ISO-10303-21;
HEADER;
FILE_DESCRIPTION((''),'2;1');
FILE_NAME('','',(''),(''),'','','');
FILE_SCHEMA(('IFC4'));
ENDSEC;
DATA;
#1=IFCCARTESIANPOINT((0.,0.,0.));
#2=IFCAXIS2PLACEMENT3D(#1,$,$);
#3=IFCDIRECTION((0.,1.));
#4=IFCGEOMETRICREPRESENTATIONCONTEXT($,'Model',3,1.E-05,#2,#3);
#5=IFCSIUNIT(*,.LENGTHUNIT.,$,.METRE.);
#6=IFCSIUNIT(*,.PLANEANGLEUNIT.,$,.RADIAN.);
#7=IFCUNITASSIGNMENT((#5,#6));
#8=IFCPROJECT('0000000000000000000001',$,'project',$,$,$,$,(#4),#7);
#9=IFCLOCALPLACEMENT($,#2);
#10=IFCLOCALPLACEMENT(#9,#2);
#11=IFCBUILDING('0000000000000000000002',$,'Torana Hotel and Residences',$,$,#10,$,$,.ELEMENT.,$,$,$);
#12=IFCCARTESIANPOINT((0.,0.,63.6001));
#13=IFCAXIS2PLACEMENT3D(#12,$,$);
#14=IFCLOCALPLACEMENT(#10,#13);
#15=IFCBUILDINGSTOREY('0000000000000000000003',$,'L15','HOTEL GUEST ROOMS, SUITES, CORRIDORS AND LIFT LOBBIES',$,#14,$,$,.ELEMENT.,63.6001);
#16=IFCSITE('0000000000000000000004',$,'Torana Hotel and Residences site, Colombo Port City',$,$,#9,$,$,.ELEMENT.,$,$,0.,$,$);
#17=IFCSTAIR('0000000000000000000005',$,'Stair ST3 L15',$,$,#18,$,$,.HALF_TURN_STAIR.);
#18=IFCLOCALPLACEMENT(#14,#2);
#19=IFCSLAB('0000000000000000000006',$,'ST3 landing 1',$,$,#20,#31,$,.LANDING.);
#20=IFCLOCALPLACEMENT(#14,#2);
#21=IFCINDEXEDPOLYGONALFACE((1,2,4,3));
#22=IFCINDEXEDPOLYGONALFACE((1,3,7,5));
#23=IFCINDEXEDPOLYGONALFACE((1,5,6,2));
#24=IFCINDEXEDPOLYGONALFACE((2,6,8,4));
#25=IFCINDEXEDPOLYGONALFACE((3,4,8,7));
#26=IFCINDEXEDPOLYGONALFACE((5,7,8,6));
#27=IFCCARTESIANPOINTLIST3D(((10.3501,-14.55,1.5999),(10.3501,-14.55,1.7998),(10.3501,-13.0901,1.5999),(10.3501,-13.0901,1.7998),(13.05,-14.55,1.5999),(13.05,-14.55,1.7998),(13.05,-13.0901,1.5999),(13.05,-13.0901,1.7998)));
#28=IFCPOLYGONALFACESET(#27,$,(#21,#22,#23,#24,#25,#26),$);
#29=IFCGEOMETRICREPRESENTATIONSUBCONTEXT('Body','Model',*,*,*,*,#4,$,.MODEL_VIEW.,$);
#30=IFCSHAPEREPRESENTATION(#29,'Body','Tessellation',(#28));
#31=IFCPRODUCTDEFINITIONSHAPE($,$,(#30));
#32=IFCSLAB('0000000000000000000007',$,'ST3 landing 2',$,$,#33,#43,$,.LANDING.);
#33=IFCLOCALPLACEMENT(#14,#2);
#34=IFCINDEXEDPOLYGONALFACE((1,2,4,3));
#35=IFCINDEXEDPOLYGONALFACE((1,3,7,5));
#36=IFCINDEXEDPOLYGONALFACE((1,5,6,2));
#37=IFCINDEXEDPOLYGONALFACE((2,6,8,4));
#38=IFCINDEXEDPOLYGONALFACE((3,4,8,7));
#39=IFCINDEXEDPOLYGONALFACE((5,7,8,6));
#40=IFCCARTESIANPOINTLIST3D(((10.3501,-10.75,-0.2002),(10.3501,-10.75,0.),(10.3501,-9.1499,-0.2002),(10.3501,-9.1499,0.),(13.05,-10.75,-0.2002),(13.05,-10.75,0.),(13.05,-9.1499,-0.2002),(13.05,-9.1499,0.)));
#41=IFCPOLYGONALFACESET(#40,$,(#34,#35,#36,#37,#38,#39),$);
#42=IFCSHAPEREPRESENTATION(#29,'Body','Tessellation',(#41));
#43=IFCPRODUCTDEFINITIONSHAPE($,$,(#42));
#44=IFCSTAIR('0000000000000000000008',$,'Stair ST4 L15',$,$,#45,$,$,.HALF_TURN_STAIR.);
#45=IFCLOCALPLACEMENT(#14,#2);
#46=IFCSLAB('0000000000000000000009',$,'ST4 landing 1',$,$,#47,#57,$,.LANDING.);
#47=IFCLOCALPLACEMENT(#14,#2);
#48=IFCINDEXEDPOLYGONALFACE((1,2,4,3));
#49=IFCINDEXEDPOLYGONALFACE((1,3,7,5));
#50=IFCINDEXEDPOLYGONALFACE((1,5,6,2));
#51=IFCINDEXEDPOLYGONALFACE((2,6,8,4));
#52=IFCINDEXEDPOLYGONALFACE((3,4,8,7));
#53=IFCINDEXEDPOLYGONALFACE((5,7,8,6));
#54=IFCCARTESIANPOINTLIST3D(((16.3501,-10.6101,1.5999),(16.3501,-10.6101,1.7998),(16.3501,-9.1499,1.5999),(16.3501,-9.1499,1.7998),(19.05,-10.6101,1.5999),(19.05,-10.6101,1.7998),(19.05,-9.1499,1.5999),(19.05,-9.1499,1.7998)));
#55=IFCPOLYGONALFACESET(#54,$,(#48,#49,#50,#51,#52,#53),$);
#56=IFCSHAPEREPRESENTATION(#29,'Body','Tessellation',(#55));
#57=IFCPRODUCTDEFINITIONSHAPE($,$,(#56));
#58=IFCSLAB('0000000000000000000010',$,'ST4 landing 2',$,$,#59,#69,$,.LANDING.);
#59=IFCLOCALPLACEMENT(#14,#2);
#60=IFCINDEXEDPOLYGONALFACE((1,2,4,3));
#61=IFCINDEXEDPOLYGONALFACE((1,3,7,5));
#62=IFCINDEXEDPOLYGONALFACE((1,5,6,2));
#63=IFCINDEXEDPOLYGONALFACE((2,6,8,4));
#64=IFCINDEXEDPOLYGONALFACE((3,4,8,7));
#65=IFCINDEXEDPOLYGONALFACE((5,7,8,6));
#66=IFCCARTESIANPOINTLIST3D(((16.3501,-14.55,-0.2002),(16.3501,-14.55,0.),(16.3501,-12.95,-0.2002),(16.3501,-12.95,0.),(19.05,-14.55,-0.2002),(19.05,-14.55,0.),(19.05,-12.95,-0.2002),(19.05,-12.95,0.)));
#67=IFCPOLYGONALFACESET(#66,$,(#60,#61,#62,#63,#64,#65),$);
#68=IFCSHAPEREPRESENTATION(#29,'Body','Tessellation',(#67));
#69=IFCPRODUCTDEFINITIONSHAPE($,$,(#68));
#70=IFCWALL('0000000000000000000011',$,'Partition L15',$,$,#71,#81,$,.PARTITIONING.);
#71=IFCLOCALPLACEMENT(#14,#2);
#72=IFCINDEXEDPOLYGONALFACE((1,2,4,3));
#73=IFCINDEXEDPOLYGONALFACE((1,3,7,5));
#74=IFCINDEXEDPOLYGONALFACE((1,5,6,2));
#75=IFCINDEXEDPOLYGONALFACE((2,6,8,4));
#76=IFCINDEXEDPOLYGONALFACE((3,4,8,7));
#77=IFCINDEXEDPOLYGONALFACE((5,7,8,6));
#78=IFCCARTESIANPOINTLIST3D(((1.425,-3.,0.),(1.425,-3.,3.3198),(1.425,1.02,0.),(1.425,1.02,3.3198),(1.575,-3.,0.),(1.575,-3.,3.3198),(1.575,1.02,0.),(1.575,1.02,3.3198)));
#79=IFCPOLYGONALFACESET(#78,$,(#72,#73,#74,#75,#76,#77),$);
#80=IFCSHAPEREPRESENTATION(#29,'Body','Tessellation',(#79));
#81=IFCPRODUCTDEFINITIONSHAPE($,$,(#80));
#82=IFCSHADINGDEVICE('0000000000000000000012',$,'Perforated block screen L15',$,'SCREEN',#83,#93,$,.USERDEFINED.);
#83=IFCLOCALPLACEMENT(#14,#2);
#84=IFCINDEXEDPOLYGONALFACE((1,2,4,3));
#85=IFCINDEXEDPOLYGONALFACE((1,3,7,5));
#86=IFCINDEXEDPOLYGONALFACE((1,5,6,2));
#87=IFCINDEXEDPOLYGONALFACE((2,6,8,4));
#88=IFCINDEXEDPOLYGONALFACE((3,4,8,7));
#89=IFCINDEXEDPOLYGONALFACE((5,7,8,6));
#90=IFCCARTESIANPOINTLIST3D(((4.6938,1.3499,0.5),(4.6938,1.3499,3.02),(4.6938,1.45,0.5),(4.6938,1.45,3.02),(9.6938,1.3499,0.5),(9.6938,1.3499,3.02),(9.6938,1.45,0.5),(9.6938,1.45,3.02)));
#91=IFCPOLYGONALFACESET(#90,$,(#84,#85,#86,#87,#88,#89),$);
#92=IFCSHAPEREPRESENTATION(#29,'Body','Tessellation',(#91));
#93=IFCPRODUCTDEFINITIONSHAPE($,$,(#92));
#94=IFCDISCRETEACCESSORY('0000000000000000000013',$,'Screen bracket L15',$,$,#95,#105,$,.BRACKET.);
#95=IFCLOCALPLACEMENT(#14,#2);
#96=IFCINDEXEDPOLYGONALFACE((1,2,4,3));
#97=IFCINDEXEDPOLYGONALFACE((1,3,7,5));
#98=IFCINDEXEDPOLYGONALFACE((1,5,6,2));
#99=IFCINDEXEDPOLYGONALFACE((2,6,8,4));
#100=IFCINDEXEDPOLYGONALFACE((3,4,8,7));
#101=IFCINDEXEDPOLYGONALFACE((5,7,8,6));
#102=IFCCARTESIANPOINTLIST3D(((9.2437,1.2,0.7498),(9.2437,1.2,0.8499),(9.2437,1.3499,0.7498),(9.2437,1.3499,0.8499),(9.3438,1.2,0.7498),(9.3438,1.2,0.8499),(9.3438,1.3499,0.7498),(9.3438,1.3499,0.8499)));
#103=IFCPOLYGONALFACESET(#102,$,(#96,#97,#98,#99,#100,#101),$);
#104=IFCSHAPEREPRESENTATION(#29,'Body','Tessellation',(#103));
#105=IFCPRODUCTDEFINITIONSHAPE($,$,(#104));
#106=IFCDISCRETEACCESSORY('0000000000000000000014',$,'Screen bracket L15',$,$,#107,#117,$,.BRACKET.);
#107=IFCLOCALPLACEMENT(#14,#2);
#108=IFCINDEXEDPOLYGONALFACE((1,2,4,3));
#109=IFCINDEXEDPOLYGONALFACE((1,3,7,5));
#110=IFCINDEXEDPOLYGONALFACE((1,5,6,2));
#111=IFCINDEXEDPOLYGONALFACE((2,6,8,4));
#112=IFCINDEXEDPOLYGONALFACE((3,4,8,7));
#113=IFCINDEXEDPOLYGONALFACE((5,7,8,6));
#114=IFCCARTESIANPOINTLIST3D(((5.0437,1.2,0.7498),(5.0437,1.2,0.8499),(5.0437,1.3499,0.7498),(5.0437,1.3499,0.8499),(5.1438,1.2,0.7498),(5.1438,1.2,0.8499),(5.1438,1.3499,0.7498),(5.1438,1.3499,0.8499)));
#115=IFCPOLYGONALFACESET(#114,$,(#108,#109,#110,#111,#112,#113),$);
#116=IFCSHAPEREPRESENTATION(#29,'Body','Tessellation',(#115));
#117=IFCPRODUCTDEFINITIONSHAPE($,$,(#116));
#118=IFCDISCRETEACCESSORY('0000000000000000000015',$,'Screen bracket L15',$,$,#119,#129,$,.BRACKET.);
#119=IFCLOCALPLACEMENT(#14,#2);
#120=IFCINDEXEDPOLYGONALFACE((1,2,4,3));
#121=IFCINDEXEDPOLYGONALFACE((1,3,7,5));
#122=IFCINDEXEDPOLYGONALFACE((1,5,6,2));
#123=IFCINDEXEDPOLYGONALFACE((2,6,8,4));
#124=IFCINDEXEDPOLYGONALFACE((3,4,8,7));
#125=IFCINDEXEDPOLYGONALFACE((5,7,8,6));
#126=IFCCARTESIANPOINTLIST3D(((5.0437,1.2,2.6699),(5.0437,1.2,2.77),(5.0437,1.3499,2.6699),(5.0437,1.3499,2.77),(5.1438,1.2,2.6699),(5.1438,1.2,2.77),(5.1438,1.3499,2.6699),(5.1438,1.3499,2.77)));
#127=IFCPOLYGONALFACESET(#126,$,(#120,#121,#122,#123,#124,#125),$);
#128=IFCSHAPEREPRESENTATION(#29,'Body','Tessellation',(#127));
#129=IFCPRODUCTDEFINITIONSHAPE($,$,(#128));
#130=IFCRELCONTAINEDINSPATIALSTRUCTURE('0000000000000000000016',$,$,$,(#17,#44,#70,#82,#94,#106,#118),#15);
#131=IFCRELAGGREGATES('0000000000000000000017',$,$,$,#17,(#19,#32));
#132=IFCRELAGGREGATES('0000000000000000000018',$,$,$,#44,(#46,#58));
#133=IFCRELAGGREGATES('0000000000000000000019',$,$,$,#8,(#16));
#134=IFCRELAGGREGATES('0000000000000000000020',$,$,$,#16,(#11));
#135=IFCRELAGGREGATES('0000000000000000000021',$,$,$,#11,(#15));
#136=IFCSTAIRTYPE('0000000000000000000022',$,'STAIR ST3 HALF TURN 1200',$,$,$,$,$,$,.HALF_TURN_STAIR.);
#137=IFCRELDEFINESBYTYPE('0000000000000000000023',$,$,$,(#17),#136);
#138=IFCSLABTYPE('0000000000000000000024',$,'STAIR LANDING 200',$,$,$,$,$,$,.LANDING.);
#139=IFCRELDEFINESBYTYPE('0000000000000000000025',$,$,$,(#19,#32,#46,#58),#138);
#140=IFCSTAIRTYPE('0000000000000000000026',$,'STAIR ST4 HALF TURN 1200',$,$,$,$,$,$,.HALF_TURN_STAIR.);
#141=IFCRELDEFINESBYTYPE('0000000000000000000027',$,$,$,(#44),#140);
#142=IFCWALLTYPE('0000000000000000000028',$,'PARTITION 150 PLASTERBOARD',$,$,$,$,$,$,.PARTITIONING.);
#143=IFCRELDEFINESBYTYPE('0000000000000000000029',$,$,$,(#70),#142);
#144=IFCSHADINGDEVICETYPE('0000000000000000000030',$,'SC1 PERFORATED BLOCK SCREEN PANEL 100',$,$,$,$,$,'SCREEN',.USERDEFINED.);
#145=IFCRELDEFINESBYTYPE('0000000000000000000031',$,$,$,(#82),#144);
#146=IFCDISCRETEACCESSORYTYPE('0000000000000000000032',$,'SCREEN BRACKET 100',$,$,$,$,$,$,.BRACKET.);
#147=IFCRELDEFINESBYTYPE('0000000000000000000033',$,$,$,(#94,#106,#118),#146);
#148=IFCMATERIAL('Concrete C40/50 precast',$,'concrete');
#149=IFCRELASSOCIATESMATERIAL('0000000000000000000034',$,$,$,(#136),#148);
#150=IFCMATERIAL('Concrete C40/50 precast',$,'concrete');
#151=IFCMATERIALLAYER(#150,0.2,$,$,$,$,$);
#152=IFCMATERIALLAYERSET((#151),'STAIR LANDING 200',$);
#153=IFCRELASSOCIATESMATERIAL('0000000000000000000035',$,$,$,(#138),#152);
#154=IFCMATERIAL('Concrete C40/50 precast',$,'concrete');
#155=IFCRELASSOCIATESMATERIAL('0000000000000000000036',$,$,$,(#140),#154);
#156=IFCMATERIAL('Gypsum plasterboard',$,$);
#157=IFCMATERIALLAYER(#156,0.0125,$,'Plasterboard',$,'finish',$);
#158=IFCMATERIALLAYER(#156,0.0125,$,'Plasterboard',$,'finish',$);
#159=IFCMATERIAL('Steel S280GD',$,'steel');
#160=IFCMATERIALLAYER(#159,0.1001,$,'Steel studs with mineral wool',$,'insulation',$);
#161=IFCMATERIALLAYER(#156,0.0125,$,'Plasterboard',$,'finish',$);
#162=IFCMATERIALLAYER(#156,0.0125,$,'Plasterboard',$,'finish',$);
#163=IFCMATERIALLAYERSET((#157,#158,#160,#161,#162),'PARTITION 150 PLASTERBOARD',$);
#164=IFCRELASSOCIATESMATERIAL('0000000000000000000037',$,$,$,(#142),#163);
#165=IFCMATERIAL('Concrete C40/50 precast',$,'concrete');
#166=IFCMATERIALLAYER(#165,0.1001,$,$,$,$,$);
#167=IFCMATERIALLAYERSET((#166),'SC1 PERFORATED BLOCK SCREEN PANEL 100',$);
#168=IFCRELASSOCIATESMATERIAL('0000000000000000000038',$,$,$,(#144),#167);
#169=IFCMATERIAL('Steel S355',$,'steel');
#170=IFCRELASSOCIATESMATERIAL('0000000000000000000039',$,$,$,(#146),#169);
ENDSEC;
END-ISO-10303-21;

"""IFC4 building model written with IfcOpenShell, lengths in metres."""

from ifc_helpers import new_model, si_unit, direction, frame, frame_2d, origin, origin_2d, place, context, subcontext, project, spatial, polyline, rectangle, outline, extrude, material, layer, layer_set, type_object, element, aggregate, save


model = new_model("IFC4")

# Units and contexts
model_context = context("Model", 3, precision=1e-05, world=origin(), true_north=direction((0.0, 1.0)))
body_context = subcontext(model_context, "Body", "Model", "MODEL_VIEW")
ifc_project = project(units=[si_unit("LENGTHUNIT", "METRE"), si_unit("PLANEANGLEUNIT", "RADIAN")], contexts=[model_context])

# Site, building, storey
site_placement = place(None, origin())
site = spatial("IfcSite", under=ifc_project, at=site_placement, Name="Torana Hotel and Residences site, Colombo Port City", CompositionType="ELEMENT", RefElevation=0.0)
building_placement = place(site_placement, origin())
building = spatial("IfcBuilding", under=site, at=building_placement, Name="Torana Hotel and Residences", CompositionType="ELEMENT")
storey_placement = place(building_placement, frame((0.0, 0.0, 63.6001)))
storey = spatial("IfcBuildingStorey", under=building, at=storey_placement, Name="L15", Description="HOTEL GUEST ROOMS, SUITES, CORRIDORS AND LIFT LOBBIES", CompositionType="ELEMENT", Elevation=63.6001)

# Stairs, slabs
ifc_material_1 = material(Name="Concrete C40/50 precast", Category="concrete")
stair_type_1 = type_object("IfcStairType", Name="STAIR ST3 HALF TURN 1200", PredefinedType="HALF_TURN_STAIR", material=ifc_material_1)
stair_1_placement = place(storey_placement, origin())
stair_1 = element("IfcStair", 1, at=stair_1_placement, inside=storey, type_object=stair_type_1, Name="Stair ST3 L15", PredefinedType="HALF_TURN_STAIR")
ifc_material_2 = material(Name="Concrete C40/50 precast", Category="concrete")
ifc_layer_1 = layer(ifc_material_2, 0.2)
ifc_layer_set_1 = layer_set([ifc_layer_1], Name="STAIR LANDING 200")
slab_type = type_object("IfcSlabType", Name="STAIR LANDING 200", PredefinedType="LANDING", material=ifc_layer_set_1)
slab_1_placement = place(storey_placement, frame((0.0, 0.0, 1.5999)))
slab_1 = element("IfcSlab", 2, at=slab_1_placement, type_object=slab_type, Name="ST3 landing 1", PredefinedType="LANDING", context=body_context, shape_type="SweptSolid", body=[
    extrude(outline(polyline([(10.3501, -14.55), (13.05, -14.55), (13.05, -13.0901), (10.3501, -13.0901), (10.3501, -14.55)])), origin(), (0.0, 0.0, 1.0), 0.2),
])
slab_2_placement = place(storey_placement, frame((0.0, 0.0, -0.2002)))
slab_2 = element("IfcSlab", 3, at=slab_2_placement, type_object=slab_type, Name="ST3 landing 2", PredefinedType="LANDING", context=body_context, shape_type="SweptSolid", body=[
    extrude(outline(polyline([(10.3501, -10.75), (13.05, -10.75), (13.05, -9.1499), (10.3501, -9.1499), (10.3501, -10.75)])), origin(), (0.0, 0.0, 1.0), 0.2002),
])
aggregate(stair_1, [slab_1, slab_2])
ifc_material_3 = material(Name="Concrete C40/50 precast", Category="concrete")
stair_type_2 = type_object("IfcStairType", Name="STAIR ST4 HALF TURN 1200", PredefinedType="HALF_TURN_STAIR", material=ifc_material_3)
stair_2_placement = place(storey_placement, origin())
stair_2 = element("IfcStair", 4, at=stair_2_placement, inside=storey, type_object=stair_type_2, Name="Stair ST4 L15", PredefinedType="HALF_TURN_STAIR")
slab_3_placement = place(storey_placement, frame((0.0, 0.0, 1.5999)))
slab_3 = element("IfcSlab", 5, at=slab_3_placement, type_object=slab_type, Name="ST4 landing 1", PredefinedType="LANDING", context=body_context, shape_type="SweptSolid", body=[
    extrude(outline(polyline([(16.3501, -10.6101), (19.05, -10.6101), (19.05, -9.1499), (16.3501, -9.1499), (16.3501, -10.6101)])), origin(), (0.0, 0.0, 1.0), 0.2),
])
slab_4_placement = place(storey_placement, frame((0.0, 0.0, -0.2002)))
slab_4 = element("IfcSlab", 6, at=slab_4_placement, type_object=slab_type, Name="ST4 landing 2", PredefinedType="LANDING", context=body_context, shape_type="SweptSolid", body=[
    extrude(outline(polyline([(16.3501, -14.55), (19.05, -14.55), (19.05, -12.95), (16.3501, -12.95), (16.3501, -14.55)])), origin(), (0.0, 0.0, 1.0), 0.2002),
])
aggregate(stair_2, [slab_3, slab_4])

# Wall
ifc_material_4 = material(Name="Gypsum plasterboard")
ifc_layer_2 = layer(ifc_material_4, 0.0125, Name="Plasterboard", Category="finish")
ifc_layer_3 = layer(ifc_material_4, 0.0125, Name="Plasterboard", Category="finish")
ifc_material_5 = material(Name="Steel S280GD", Category="steel")
ifc_layer_4 = layer(ifc_material_5, 0.1001, Name="Steel studs with mineral wool", Category="insulation")
ifc_layer_5 = layer(ifc_material_4, 0.0125, Name="Plasterboard", Category="finish")
ifc_layer_6 = layer(ifc_material_4, 0.0125, Name="Plasterboard", Category="finish")
ifc_layer_set_2 = layer_set([ifc_layer_2, ifc_layer_3, ifc_layer_4, ifc_layer_5, ifc_layer_6], Name="PARTITION 150 PLASTERBOARD")
wall_type = type_object("IfcWallType", Name="PARTITION 150 PLASTERBOARD", PredefinedType="PARTITIONING", material=ifc_layer_set_2)
wall_placement = place(storey_placement, frame((1.5, -3.0, 0.0), z_axis=(0.0, 0.0, 1.0), x_axis=(0.0, 1.0, 0.0)))
element("IfcWall", 7, at=wall_placement, inside=storey, type_object=wall_type, Name="Partition L15", PredefinedType="PARTITIONING", context=body_context, shape_type="SweptSolid", body=[
    extrude(rectangle(XDim=4.02, YDim=0.1499, at=frame_2d((2.01, 0.0))), origin(), (0.0, 0.0, 1.0), 3.3198),
])

# Shading device
ifc_material_6 = material(Name="Concrete C40/50 precast", Category="concrete")
ifc_layer_7 = layer(ifc_material_6, 0.1001)
ifc_layer_set_3 = layer_set([ifc_layer_7], Name="SC1 PERFORATED BLOCK SCREEN PANEL 100")
shading_device_type = type_object("IfcShadingDeviceType", Name="SC1 PERFORATED BLOCK SCREEN PANEL 100", ElementType="SCREEN", PredefinedType="USERDEFINED", material=ifc_layer_set_3)
shading_device_placement = place(storey_placement, frame((7.1938, 1.3999, 0.5), z_axis=(0.0, 0.0, 1.0), x_axis=(-1.0, 0.0, 0.0)))
element("IfcShadingDevice", 8, at=shading_device_placement, inside=storey, type_object=shading_device_type, Name="Perforated block screen L15", ObjectType="SCREEN", PredefinedType="USERDEFINED", context=body_context, shape_type="SweptSolid", body=[
    extrude(rectangle(XDim=5.0, YDim=0.1001, at=origin_2d()), origin(), (0.0, 0.0, 1.0), 2.52),
])

# Discrete accessories
ifc_material_7 = material(Name="Steel S355", Category="steel")
discrete_accessory_type = type_object("IfcDiscreteAccessoryType", Name="SCREEN BRACKET 100", PredefinedType="BRACKET", material=ifc_material_7)
for number, where, z_axis, x_axis, name in (
    (9, (9.2937, 1.2749, 0.7498), (0.0, 0.0, 1.0), (-1.0, 0.0, 0.0), "Screen bracket L15"),
    (10, (5.0938, 1.2749, 0.7498), (0.0, 0.0, 1.0), (-1.0, 0.0, 0.0), "Screen bracket L15"),
    (11, (5.0938, 1.2749, 2.6699), (0.0, 0.0, 1.0), (-1.0, 0.0, 0.0), "Screen bracket L15"),
):
    element("IfcDiscreteAccessory", number, at=place(storey_placement, frame(where, z_axis=z_axis, x_axis=x_axis)), inside=storey, type_object=discrete_accessory_type, Name=name, PredefinedType="BRACKET", context=body_context, shape_type="SweptSolid", body=[
        extrude(rectangle(XDim=0.1001, YDim=0.1499, at=origin_2d()), origin(), (0.0, 0.0, 1.0), 0.1001),
    ])

save(model, "model.ifc")
